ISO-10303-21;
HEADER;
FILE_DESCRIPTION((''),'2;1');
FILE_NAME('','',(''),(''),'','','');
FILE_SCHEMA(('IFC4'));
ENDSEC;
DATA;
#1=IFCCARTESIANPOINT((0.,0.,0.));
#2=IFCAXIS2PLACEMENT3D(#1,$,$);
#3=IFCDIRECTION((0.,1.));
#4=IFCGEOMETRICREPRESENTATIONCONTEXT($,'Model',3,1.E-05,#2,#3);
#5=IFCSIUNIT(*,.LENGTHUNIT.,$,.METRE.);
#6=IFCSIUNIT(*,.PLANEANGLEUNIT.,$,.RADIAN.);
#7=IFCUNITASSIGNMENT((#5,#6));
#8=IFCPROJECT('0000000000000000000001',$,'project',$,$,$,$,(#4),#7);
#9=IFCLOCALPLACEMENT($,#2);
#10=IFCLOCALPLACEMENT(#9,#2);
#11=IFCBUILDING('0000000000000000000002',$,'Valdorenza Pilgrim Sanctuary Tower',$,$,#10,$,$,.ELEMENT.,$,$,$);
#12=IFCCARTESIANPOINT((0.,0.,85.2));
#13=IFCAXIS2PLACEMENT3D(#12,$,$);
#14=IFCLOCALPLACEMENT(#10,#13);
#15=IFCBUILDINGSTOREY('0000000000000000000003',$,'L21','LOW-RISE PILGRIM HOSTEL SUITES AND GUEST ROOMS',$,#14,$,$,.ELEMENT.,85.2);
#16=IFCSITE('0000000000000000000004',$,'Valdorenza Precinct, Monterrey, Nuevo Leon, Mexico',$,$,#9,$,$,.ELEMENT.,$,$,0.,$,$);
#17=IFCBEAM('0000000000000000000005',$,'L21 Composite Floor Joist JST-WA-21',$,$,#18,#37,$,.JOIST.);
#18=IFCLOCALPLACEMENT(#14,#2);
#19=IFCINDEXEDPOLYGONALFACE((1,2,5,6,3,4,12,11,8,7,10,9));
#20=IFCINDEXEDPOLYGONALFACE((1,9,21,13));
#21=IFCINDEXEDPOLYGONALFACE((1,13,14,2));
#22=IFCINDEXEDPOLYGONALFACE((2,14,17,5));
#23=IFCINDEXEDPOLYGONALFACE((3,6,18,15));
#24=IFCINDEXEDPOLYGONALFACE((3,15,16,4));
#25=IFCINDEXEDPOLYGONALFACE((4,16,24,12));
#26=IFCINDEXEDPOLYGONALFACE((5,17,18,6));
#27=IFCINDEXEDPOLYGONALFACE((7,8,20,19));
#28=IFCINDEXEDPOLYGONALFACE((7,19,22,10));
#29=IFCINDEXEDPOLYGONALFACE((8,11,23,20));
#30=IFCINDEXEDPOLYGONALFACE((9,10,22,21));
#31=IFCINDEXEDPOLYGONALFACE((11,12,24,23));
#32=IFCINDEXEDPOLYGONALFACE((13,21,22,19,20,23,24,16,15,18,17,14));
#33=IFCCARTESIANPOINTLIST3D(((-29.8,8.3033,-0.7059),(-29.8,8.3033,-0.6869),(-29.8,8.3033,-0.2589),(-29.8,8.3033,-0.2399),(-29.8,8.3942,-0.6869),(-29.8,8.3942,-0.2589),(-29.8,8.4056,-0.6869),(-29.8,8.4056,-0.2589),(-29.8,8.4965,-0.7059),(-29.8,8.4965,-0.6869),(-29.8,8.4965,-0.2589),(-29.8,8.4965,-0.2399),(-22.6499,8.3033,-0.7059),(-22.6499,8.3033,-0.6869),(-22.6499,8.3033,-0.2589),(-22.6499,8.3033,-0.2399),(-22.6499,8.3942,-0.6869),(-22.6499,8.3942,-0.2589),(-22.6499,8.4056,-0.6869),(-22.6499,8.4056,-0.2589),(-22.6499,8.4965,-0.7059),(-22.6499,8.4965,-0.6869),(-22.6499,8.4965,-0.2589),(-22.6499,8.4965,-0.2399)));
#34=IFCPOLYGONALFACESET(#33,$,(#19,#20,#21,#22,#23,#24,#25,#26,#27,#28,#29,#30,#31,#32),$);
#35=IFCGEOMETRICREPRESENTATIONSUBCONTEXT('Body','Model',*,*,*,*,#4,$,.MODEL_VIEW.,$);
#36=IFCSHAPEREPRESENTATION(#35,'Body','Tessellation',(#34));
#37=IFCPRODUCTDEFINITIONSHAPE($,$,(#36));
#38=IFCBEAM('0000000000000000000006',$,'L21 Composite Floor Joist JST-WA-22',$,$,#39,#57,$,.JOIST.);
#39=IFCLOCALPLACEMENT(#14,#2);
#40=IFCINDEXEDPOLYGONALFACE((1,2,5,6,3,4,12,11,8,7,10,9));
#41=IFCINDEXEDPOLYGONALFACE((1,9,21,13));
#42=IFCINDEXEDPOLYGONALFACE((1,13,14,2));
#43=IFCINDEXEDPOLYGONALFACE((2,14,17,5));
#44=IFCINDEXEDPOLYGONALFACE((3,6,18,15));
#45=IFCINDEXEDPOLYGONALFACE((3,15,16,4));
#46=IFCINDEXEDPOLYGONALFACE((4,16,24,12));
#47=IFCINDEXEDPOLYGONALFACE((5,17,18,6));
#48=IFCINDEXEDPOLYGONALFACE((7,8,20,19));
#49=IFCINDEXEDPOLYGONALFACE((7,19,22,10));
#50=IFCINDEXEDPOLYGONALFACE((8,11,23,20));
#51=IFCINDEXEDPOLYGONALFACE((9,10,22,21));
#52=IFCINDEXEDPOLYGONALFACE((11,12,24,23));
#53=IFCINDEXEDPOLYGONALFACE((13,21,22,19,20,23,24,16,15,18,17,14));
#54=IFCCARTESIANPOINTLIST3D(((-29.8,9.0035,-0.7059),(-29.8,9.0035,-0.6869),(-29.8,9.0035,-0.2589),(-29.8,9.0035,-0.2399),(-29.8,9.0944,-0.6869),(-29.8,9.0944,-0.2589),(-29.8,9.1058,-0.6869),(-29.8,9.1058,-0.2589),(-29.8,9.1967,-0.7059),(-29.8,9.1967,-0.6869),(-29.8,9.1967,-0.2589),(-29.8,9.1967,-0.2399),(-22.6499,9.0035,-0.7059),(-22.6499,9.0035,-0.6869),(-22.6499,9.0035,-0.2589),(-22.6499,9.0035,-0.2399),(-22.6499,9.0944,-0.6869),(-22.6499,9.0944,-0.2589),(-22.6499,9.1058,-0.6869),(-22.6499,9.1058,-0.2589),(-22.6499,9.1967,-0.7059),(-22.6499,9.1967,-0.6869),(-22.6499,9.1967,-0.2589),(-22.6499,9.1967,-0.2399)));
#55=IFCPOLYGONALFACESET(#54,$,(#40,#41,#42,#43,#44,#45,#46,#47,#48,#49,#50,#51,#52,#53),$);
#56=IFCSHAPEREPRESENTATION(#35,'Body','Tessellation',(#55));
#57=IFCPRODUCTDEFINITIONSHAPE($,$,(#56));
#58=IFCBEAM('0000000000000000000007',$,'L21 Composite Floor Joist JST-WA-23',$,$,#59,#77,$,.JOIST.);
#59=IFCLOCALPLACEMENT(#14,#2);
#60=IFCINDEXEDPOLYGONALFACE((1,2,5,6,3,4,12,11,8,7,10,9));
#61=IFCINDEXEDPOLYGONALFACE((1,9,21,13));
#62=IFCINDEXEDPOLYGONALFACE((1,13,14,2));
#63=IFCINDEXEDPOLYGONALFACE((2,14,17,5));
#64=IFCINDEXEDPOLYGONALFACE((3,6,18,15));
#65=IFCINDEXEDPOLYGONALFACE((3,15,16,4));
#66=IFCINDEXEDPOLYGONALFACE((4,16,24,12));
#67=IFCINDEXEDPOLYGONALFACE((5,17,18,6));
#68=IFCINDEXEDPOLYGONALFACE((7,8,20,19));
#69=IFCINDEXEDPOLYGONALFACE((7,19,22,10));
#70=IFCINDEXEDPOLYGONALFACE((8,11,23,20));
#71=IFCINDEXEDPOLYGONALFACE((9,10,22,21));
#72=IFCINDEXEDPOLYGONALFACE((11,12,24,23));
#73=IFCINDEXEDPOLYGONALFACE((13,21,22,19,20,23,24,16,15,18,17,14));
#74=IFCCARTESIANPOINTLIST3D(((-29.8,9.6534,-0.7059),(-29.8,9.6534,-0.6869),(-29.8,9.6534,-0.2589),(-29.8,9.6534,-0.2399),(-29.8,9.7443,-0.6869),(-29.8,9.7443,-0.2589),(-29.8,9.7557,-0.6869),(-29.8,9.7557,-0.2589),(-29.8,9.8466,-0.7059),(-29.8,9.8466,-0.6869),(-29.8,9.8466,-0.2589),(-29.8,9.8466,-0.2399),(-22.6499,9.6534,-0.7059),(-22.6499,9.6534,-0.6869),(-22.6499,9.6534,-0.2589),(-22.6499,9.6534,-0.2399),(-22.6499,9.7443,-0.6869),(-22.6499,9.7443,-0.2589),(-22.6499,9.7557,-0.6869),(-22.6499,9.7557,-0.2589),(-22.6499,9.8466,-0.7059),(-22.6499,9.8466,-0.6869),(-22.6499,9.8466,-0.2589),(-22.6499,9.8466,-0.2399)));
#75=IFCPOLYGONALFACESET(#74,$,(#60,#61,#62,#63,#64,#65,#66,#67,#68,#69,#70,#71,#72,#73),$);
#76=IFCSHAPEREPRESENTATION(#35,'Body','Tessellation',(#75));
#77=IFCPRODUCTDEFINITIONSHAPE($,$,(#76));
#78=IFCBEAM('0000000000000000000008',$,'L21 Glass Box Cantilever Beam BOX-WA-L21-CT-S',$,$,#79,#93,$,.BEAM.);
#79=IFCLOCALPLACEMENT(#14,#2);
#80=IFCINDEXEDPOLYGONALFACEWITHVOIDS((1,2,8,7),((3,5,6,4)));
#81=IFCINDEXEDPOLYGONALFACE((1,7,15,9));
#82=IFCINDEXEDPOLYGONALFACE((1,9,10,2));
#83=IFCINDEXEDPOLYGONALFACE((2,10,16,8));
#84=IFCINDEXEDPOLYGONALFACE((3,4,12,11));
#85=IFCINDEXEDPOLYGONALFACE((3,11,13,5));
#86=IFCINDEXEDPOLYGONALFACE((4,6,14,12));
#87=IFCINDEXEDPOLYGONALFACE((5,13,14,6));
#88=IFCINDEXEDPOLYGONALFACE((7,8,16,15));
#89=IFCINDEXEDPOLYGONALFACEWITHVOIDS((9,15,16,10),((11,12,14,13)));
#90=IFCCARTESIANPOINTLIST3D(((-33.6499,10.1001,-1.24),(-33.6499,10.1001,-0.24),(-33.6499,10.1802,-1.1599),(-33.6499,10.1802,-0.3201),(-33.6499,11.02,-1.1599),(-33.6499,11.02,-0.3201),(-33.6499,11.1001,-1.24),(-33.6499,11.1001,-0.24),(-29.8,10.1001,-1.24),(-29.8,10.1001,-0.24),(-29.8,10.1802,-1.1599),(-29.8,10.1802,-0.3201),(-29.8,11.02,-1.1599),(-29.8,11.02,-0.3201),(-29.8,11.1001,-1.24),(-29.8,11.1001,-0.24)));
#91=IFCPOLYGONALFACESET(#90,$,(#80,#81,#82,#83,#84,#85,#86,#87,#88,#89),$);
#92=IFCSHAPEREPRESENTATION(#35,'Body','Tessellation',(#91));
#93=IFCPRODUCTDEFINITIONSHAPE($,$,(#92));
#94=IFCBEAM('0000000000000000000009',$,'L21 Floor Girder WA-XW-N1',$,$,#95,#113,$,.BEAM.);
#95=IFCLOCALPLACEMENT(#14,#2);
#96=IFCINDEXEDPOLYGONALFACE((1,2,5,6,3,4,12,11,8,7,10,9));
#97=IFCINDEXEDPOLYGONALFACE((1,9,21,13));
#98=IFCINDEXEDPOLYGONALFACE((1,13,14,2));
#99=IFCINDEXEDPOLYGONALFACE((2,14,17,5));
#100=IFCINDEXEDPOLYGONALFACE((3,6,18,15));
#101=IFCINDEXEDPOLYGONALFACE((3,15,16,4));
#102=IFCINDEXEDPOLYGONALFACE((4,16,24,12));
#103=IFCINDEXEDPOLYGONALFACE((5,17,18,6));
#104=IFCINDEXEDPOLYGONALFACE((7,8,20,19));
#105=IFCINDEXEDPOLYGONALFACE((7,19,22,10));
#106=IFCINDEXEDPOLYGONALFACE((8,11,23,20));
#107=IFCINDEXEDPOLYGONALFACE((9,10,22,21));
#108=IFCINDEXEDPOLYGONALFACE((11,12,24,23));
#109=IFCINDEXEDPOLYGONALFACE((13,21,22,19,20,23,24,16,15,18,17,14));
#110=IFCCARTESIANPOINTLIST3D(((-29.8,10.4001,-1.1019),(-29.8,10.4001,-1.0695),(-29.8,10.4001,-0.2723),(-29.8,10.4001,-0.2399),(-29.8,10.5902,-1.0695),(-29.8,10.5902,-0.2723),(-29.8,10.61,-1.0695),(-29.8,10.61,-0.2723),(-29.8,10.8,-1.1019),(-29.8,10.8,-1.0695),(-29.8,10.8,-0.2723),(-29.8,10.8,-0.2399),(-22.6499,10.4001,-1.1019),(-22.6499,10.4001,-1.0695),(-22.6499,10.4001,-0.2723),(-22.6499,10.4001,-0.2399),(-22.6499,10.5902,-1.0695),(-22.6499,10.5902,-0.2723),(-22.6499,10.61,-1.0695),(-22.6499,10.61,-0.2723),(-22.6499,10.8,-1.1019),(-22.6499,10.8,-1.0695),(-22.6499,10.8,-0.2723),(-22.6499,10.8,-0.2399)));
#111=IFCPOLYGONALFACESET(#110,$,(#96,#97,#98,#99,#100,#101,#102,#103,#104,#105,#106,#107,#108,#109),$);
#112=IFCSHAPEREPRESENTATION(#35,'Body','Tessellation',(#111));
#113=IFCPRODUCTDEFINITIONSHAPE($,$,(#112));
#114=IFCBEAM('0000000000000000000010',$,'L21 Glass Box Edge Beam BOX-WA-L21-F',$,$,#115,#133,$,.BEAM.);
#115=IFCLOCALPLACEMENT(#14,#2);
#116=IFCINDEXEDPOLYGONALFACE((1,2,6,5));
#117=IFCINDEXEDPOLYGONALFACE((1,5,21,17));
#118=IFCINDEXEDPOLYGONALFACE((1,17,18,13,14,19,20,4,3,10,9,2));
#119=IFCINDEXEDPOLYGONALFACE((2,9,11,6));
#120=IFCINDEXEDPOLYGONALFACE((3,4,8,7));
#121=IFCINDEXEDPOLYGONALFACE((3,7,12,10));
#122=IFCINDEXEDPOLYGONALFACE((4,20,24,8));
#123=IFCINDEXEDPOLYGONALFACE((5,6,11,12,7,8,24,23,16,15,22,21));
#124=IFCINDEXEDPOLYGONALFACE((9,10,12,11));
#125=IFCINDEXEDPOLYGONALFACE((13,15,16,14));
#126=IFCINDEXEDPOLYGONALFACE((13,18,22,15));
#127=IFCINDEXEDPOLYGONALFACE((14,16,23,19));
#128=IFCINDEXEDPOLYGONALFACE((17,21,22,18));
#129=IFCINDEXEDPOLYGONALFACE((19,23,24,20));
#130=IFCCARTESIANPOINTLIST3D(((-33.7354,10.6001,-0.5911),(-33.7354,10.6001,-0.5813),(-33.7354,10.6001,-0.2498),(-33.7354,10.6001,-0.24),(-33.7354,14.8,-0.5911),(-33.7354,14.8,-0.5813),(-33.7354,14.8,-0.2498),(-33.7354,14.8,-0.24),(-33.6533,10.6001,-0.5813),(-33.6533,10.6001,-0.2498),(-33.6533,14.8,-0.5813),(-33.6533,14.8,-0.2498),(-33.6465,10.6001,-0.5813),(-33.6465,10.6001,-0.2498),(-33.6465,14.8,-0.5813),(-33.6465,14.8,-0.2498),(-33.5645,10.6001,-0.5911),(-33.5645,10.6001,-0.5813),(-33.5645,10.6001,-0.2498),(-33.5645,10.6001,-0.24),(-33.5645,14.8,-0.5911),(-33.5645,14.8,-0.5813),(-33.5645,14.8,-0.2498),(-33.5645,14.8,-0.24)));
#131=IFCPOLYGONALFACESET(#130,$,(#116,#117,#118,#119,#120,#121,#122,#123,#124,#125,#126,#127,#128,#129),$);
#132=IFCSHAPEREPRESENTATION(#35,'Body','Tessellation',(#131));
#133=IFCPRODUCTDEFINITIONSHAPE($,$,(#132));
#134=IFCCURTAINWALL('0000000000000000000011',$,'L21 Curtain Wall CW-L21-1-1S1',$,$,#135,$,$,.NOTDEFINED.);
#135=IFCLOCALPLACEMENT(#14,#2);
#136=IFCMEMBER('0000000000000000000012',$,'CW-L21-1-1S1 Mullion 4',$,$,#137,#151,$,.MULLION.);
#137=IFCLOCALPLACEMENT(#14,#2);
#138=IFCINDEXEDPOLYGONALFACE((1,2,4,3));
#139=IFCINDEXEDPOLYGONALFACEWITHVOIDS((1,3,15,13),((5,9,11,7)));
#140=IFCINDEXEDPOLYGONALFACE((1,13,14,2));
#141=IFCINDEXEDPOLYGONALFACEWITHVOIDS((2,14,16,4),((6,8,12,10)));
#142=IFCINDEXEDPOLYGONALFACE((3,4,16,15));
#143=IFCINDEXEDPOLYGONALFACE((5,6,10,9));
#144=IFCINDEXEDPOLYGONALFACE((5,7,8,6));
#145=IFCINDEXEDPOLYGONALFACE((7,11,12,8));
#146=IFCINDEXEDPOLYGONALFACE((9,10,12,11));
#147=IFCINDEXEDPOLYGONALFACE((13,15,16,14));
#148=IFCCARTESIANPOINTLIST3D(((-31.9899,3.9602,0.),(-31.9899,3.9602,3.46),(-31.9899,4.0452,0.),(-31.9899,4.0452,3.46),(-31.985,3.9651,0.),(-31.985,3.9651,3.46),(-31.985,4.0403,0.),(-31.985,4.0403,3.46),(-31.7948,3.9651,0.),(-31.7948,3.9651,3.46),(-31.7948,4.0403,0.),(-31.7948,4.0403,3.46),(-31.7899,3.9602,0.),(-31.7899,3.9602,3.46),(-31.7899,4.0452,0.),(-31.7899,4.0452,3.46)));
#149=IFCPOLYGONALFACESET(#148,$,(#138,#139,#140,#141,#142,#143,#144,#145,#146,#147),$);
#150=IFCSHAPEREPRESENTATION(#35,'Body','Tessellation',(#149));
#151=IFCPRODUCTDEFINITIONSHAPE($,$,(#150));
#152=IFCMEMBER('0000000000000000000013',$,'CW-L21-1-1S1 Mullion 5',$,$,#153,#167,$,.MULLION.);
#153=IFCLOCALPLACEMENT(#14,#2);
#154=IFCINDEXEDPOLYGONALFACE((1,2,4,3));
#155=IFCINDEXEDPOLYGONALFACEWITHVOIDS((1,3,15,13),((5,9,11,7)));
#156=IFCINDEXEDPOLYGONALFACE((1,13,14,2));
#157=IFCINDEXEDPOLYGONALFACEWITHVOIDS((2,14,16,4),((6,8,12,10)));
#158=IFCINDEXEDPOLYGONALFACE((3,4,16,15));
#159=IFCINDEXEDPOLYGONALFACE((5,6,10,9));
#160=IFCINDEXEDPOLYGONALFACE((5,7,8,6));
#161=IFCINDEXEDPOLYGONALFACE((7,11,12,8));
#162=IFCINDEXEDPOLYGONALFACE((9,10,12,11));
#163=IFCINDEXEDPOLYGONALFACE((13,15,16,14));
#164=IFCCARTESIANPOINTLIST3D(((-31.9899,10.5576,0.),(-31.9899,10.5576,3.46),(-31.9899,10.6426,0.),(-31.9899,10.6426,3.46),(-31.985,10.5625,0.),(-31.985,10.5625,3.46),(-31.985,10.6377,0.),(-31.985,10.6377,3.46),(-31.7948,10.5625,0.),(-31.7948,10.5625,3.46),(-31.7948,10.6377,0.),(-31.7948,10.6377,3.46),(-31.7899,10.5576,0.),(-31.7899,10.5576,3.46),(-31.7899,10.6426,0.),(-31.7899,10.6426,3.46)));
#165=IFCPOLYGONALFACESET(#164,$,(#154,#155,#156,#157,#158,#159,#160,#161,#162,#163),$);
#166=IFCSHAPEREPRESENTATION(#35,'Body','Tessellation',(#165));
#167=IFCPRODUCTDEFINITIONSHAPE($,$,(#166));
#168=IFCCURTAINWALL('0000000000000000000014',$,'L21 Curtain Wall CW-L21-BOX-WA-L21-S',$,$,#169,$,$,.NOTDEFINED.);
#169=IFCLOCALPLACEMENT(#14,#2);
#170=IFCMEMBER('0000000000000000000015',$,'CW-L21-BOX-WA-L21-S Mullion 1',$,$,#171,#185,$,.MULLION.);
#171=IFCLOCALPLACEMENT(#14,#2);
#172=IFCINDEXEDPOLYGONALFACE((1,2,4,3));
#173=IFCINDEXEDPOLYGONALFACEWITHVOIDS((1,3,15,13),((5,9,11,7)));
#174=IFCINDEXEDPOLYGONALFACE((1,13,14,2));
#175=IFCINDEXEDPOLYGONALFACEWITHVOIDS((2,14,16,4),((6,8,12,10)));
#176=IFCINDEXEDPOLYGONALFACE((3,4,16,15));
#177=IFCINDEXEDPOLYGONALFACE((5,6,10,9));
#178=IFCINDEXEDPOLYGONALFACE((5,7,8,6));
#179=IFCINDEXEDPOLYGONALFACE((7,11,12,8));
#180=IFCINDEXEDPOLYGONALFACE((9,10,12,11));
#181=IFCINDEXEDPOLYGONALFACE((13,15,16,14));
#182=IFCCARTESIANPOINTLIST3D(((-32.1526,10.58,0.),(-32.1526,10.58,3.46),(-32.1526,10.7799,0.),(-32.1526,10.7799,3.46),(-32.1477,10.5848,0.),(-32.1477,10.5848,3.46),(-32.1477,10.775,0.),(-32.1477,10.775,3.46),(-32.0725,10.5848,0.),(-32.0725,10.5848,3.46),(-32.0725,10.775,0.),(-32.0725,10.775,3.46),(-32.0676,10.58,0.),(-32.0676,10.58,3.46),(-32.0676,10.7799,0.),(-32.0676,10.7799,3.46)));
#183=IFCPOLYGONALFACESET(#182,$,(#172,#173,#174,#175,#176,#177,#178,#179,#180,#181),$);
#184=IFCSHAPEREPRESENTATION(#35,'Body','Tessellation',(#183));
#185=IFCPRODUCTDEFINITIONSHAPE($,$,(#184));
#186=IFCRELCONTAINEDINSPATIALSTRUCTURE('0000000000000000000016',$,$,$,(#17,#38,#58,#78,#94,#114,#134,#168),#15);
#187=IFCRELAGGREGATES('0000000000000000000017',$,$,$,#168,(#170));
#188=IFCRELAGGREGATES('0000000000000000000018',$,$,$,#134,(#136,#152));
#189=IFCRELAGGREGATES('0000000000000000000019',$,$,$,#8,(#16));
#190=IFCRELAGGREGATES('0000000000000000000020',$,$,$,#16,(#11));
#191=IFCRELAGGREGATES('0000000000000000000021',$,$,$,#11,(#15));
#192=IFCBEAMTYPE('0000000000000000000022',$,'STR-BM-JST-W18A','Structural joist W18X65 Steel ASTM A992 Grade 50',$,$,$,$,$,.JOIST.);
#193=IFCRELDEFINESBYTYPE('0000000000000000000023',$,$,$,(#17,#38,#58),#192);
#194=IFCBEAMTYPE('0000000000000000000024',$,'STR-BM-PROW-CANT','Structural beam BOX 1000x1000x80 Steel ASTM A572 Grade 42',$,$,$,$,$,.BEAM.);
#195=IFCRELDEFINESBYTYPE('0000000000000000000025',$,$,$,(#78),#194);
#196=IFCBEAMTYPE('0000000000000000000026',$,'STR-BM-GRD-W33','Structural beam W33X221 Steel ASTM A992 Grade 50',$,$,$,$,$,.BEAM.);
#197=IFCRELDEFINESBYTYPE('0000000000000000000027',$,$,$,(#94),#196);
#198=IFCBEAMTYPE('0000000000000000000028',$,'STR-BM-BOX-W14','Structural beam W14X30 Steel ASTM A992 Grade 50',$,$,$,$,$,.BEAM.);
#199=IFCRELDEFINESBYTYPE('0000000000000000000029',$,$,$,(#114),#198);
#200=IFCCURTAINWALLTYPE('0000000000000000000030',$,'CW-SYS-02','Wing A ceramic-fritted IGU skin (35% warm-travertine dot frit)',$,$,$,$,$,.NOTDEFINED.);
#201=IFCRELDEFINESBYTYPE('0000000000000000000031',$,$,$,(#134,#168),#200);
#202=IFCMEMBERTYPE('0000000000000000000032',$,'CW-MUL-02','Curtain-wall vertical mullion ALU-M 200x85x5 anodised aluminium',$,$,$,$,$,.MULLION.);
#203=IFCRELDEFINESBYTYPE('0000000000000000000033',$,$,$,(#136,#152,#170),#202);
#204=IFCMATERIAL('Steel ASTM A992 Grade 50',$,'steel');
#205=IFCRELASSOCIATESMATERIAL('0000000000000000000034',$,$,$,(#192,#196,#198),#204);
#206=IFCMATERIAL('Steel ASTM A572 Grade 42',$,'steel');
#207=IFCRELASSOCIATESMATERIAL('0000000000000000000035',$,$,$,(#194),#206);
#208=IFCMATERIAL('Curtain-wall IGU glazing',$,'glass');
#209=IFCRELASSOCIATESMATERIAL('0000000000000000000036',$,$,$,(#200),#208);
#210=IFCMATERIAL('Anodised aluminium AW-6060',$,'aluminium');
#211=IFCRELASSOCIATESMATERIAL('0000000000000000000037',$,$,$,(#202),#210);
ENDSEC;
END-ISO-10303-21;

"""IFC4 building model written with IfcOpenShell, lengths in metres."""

from ifc_helpers import new_model, si_unit, direction, frame, origin, origin_2d, place, context, subcontext, project, spatial, hollow_rectangle, i_section, extrude, source, transform, mapped, material, material_profile, profile_set, type_object, element, aggregate, save


model = new_model("IFC4")

# Units and contexts
model_context = context("Model", 3, precision=1e-05, world=origin(), true_north=direction((0.0, 1.0)))
body_context = subcontext(model_context, "Body", "Model", "MODEL_VIEW")
ifc_project = project(units=[si_unit("LENGTHUNIT", "METRE"), si_unit("PLANEANGLEUNIT", "RADIAN")], contexts=[model_context])

# Site, building, storey
site_placement = place(None, origin())
site = spatial("IfcSite", under=ifc_project, at=site_placement, Name="Valdorenza Precinct, Monterrey, Nuevo Leon, Mexico", CompositionType="ELEMENT", RefElevation=0.0)
building_placement = place(site_placement, origin())
building = spatial("IfcBuilding", under=site, at=building_placement, Name="Valdorenza Pilgrim Sanctuary Tower", CompositionType="ELEMENT")
storey_placement = place(building_placement, frame((0.0, 0.0, 85.2)))
storey = spatial("IfcBuildingStorey", under=building, at=storey_placement, Name="L21", Description="LOW-RISE PILGRIM HOSTEL SUITES AND GUEST ROOMS", CompositionType="ELEMENT", Elevation=85.2)

# Beams
ifc_material_1 = material(Name="Steel ASTM A992 Grade 50", Category="steel")
ifc_material_profile_1 = material_profile(ifc_material_1, i_section(OverallWidth=0.1931, OverallDepth=0.4661, WebThickness=0.0115, FlangeThickness=0.019, at=origin_2d()), Name="W18X65")
ifc_profile_set_1 = profile_set([ifc_material_profile_1], Name="Steel ASTM A992 Grade 50")
beam_type_1 = type_object("IfcBeamType", Name="STR-BM-JST-W18A", Description="Structural joist W18X65 Steel ASTM A992 Grade 50", PredefinedType="JOIST", material=ifc_profile_set_1)
shared_shape_1 = source(origin(), body_context, "Body", "SweptSolid", [
    extrude(i_section(OverallWidth=0.1931, OverallDepth=0.4661, WebThickness=0.0115, FlangeThickness=0.019, at=origin_2d()), origin(), (0.0, 0.0, 1.0), 7.1501),
])
for number, where, z_axis, x_axis, name in (
    (1, (-29.8, 8.3999, -0.4729), (1.0, 0.0, 0.0), (0.0, 1.0, 0.0), "L21 Composite Floor Joist JST-WA-21"),
    (2, (-29.8, 9.1001, -0.4729), (1.0, 0.0, 0.0), (0.0, 1.0, 0.0), "L21 Composite Floor Joist JST-WA-22"),
    (3, (-29.8, 9.75, -0.4729), (1.0, 0.0, 0.0), (0.0, 1.0, 0.0), "L21 Composite Floor Joist JST-WA-23"),
):
    element("IfcBeam", number, at=place(storey_placement, frame(where, z_axis=z_axis, x_axis=x_axis)), inside=storey, type_object=beam_type_1, Name=name, PredefinedType="JOIST", context=body_context, shape_type="MappedRepresentation", body=[
        mapped(shared_shape_1, transform((0.0, 0.0, 0.0), x_axis=(1.0, 0.0, 0.0), y_axis=(0.0, 1.0, 0.0), z_axis=(0.0, 0.0, 1.0), scale=1.0)),
    ])
ifc_material_2 = material(Name="Steel ASTM A572 Grade 42", Category="steel")
ifc_material_profile_2 = material_profile(ifc_material_2, hollow_rectangle(XDim=1.0, YDim=1.0, WallThickness=0.0801, at=origin_2d()), Name="BOX 1000x1000x80")
ifc_profile_set_2 = profile_set([ifc_material_profile_2], Name="Steel ASTM A572 Grade 42")
beam_type_2 = type_object("IfcBeamType", Name="STR-BM-PROW-CANT", Description="Structural beam BOX 1000x1000x80 Steel ASTM A572 Grade 42", PredefinedType="BEAM", material=ifc_profile_set_2)
shared_shape_2 = source(origin(), body_context, "Body", "SweptSolid", [
    extrude(hollow_rectangle(XDim=1.0, YDim=1.0, WallThickness=0.0801, at=origin_2d()), origin(), (0.0, 0.0, 1.0), 3.8499),
])
beam_1_placement = place(storey_placement, frame((-29.8, 10.6001, -0.74), z_axis=(-1.0, 0.0, 0.0), x_axis=(0.0, -1.0, 0.0)))
element("IfcBeam", 4, at=beam_1_placement, inside=storey, type_object=beam_type_2, Name="L21 Glass Box Cantilever Beam BOX-WA-L21-CT-S", PredefinedType="BEAM", context=body_context, shape_type="MappedRepresentation", body=[
    mapped(shared_shape_2, transform((0.0, 0.0, 0.0), x_axis=(1.0, 0.0, 0.0), y_axis=(0.0, 1.0, 0.0), z_axis=(0.0, 0.0, 1.0), scale=1.0)),
])
ifc_material_profile_3 = material_profile(ifc_material_1, i_section(OverallWidth=0.3999, OverallDepth=0.8621, WebThickness=0.0198, FlangeThickness=0.0325, at=origin_2d()), Name="W33X221")
ifc_profile_set_3 = profile_set([ifc_material_profile_3], Name="Steel ASTM A992 Grade 50")
beam_type_3 = type_object("IfcBeamType", Name="STR-BM-GRD-W33", Description="Structural beam W33X221 Steel ASTM A992 Grade 50", PredefinedType="BEAM", material=ifc_profile_set_3)
shared_shape_3 = source(origin(), body_context, "Body", "SweptSolid", [
    extrude(i_section(OverallWidth=0.3999, OverallDepth=0.8621, WebThickness=0.0198, FlangeThickness=0.0325, at=origin_2d()), origin(), (0.0, 0.0, 1.0), 7.1501),
])
beam_2_placement = place(storey_placement, frame((-29.8, 10.6001, -0.6709), z_axis=(1.0, 0.0, 0.0), x_axis=(0.0, 1.0, 0.0)))
element("IfcBeam", 5, at=beam_2_placement, inside=storey, type_object=beam_type_3, Name="L21 Floor Girder WA-XW-N1", PredefinedType="BEAM", context=body_context, shape_type="MappedRepresentation", body=[
    mapped(shared_shape_3, transform((0.0, 0.0, 0.0), x_axis=(1.0, 0.0, 0.0), y_axis=(0.0, 1.0, 0.0), z_axis=(0.0, 0.0, 1.0), scale=1.0)),
])
ifc_material_profile_4 = material_profile(ifc_material_1, i_section(OverallWidth=0.1709, OverallDepth=0.3511, WebThickness=0.0068, FlangeThickness=0.0098, at=origin_2d()), Name="W14X30")
ifc_profile_set_4 = profile_set([ifc_material_profile_4], Name="Steel ASTM A992 Grade 50")
beam_type_4 = type_object("IfcBeamType", Name="STR-BM-BOX-W14", Description="Structural beam W14X30 Steel ASTM A992 Grade 50", PredefinedType="BEAM", material=ifc_profile_set_4)
shared_shape_4 = source(origin(), body_context, "Body", "SweptSolid", [
    extrude(i_section(OverallWidth=0.1709, OverallDepth=0.3511, WebThickness=0.0068, FlangeThickness=0.0098, at=origin_2d()), origin(), (0.0, 0.0, 1.0), 4.2),
])
beam_3_placement = place(storey_placement, frame((-33.6499, 10.6001, -0.4155), z_axis=(0.0, 1.0, 0.0), x_axis=(-1.0, 0.0, 0.0)))
element("IfcBeam", 6, at=beam_3_placement, inside=storey, type_object=beam_type_4, Name="L21 Glass Box Edge Beam BOX-WA-L21-F", PredefinedType="BEAM", context=body_context, shape_type="MappedRepresentation", body=[
    mapped(shared_shape_4, transform((0.0, 0.0, 0.0), x_axis=(1.0, 0.0, 0.0), y_axis=(0.0, 1.0, 0.0), z_axis=(0.0, 0.0, 1.0), scale=1.0)),
])

# Curtain walls, members
ifc_material_3 = material(Name="Curtain-wall IGU glazing", Category="glass")
curtain_wall_type = type_object("IfcCurtainWallType", Name="CW-SYS-02", Description="Wing A ceramic-fritted IGU skin (35% warm-travertine dot frit)", PredefinedType="NOTDEFINED", material=ifc_material_3)
curtain_wall_1_placement = place(storey_placement, origin())
curtain_wall_1 = element("IfcCurtainWall", 7, at=curtain_wall_1_placement, inside=storey, type_object=curtain_wall_type, Name="L21 Curtain Wall CW-L21-1-1S1", PredefinedType="NOTDEFINED")
ifc_material_4 = material(Name="Anodised aluminium AW-6060", Category="aluminium")
ifc_material_profile_5 = material_profile(ifc_material_4, hollow_rectangle(XDim=0.085, YDim=0.2, WallThickness=0.0049, at=origin_2d()), Name="ALU-M 200x85x5")
ifc_profile_set_5 = profile_set([ifc_material_profile_5], Name="Anodised aluminium AW-6060")
member_type_1 = type_object("IfcMemberType", Name="CW-MUL-02", Description="Curtain-wall vertical mullion ALU-M 200x85x5 anodised aluminium", PredefinedType="MULLION", material=ifc_profile_set_5)
shared_shape_5 = source(origin(), body_context, "Body", "SweptSolid", [
    extrude(hollow_rectangle(XDim=0.085, YDim=0.2, WallThickness=0.0049, at=origin_2d()), origin(), (0.0, 0.0, 1.0), 3.46),
])
member_1_placement = place(storey_placement, frame((-31.8899, 4.0027, 0.0), z_axis=(0.0, 0.0, 1.0), x_axis=(0.0, 1.0, 0.0)))
member_1 = element("IfcMember", 8, at=member_1_placement, type_object=member_type_1, Name="CW-L21-1-1S1 Mullion 4", PredefinedType="MULLION", context=body_context, shape_type="MappedRepresentation", body=[
    mapped(shared_shape_5, transform((0.0, 0.0, 0.0), x_axis=(1.0, 0.0, 0.0), y_axis=(0.0, 1.0, 0.0), z_axis=(0.0, 0.0, 1.0), scale=1.0)),
])
member_2_placement = place(storey_placement, frame((-31.8899, 10.6001, 0.0), z_axis=(0.0, 0.0, 1.0), x_axis=(0.0, 1.0, 0.0)))
member_2 = element("IfcMember", 9, at=member_2_placement, type_object=member_type_1, Name="CW-L21-1-1S1 Mullion 5", PredefinedType="MULLION", context=body_context, shape_type="MappedRepresentation", body=[
    mapped(shared_shape_5, transform((0.0, 0.0, 0.0), x_axis=(1.0, 0.0, 0.0), y_axis=(0.0, 1.0, 0.0), z_axis=(0.0, 0.0, 1.0), scale=1.0)),
])
curtain_wall_2_placement = place(storey_placement, origin())
curtain_wall_2 = element("IfcCurtainWall", 10, at=curtain_wall_2_placement, inside=storey, type_object=curtain_wall_type, Name="L21 Curtain Wall CW-L21-BOX-WA-L21-S", PredefinedType="NOTDEFINED")
member_3_placement = place(storey_placement, frame((-32.1101, 10.6799, 0.0), z_axis=(0.0, 0.0, 1.0), x_axis=(-1.0, 0.0, 0.0)))
member_3 = element("IfcMember", 11, at=member_3_placement, type_object=member_type_1, Name="CW-L21-BOX-WA-L21-S Mullion 1", PredefinedType="MULLION", context=body_context, shape_type="MappedRepresentation", body=[
    mapped(shared_shape_5, transform((0.0, 0.0, 0.0), x_axis=(1.0, 0.0, 0.0), y_axis=(0.0, 1.0, 0.0), z_axis=(0.0, 0.0, 1.0), scale=1.0)),
])

aggregate(curtain_wall_2, [member_3])
aggregate(curtain_wall_1, [member_1, member_2])

save(model, "model.ifc")
